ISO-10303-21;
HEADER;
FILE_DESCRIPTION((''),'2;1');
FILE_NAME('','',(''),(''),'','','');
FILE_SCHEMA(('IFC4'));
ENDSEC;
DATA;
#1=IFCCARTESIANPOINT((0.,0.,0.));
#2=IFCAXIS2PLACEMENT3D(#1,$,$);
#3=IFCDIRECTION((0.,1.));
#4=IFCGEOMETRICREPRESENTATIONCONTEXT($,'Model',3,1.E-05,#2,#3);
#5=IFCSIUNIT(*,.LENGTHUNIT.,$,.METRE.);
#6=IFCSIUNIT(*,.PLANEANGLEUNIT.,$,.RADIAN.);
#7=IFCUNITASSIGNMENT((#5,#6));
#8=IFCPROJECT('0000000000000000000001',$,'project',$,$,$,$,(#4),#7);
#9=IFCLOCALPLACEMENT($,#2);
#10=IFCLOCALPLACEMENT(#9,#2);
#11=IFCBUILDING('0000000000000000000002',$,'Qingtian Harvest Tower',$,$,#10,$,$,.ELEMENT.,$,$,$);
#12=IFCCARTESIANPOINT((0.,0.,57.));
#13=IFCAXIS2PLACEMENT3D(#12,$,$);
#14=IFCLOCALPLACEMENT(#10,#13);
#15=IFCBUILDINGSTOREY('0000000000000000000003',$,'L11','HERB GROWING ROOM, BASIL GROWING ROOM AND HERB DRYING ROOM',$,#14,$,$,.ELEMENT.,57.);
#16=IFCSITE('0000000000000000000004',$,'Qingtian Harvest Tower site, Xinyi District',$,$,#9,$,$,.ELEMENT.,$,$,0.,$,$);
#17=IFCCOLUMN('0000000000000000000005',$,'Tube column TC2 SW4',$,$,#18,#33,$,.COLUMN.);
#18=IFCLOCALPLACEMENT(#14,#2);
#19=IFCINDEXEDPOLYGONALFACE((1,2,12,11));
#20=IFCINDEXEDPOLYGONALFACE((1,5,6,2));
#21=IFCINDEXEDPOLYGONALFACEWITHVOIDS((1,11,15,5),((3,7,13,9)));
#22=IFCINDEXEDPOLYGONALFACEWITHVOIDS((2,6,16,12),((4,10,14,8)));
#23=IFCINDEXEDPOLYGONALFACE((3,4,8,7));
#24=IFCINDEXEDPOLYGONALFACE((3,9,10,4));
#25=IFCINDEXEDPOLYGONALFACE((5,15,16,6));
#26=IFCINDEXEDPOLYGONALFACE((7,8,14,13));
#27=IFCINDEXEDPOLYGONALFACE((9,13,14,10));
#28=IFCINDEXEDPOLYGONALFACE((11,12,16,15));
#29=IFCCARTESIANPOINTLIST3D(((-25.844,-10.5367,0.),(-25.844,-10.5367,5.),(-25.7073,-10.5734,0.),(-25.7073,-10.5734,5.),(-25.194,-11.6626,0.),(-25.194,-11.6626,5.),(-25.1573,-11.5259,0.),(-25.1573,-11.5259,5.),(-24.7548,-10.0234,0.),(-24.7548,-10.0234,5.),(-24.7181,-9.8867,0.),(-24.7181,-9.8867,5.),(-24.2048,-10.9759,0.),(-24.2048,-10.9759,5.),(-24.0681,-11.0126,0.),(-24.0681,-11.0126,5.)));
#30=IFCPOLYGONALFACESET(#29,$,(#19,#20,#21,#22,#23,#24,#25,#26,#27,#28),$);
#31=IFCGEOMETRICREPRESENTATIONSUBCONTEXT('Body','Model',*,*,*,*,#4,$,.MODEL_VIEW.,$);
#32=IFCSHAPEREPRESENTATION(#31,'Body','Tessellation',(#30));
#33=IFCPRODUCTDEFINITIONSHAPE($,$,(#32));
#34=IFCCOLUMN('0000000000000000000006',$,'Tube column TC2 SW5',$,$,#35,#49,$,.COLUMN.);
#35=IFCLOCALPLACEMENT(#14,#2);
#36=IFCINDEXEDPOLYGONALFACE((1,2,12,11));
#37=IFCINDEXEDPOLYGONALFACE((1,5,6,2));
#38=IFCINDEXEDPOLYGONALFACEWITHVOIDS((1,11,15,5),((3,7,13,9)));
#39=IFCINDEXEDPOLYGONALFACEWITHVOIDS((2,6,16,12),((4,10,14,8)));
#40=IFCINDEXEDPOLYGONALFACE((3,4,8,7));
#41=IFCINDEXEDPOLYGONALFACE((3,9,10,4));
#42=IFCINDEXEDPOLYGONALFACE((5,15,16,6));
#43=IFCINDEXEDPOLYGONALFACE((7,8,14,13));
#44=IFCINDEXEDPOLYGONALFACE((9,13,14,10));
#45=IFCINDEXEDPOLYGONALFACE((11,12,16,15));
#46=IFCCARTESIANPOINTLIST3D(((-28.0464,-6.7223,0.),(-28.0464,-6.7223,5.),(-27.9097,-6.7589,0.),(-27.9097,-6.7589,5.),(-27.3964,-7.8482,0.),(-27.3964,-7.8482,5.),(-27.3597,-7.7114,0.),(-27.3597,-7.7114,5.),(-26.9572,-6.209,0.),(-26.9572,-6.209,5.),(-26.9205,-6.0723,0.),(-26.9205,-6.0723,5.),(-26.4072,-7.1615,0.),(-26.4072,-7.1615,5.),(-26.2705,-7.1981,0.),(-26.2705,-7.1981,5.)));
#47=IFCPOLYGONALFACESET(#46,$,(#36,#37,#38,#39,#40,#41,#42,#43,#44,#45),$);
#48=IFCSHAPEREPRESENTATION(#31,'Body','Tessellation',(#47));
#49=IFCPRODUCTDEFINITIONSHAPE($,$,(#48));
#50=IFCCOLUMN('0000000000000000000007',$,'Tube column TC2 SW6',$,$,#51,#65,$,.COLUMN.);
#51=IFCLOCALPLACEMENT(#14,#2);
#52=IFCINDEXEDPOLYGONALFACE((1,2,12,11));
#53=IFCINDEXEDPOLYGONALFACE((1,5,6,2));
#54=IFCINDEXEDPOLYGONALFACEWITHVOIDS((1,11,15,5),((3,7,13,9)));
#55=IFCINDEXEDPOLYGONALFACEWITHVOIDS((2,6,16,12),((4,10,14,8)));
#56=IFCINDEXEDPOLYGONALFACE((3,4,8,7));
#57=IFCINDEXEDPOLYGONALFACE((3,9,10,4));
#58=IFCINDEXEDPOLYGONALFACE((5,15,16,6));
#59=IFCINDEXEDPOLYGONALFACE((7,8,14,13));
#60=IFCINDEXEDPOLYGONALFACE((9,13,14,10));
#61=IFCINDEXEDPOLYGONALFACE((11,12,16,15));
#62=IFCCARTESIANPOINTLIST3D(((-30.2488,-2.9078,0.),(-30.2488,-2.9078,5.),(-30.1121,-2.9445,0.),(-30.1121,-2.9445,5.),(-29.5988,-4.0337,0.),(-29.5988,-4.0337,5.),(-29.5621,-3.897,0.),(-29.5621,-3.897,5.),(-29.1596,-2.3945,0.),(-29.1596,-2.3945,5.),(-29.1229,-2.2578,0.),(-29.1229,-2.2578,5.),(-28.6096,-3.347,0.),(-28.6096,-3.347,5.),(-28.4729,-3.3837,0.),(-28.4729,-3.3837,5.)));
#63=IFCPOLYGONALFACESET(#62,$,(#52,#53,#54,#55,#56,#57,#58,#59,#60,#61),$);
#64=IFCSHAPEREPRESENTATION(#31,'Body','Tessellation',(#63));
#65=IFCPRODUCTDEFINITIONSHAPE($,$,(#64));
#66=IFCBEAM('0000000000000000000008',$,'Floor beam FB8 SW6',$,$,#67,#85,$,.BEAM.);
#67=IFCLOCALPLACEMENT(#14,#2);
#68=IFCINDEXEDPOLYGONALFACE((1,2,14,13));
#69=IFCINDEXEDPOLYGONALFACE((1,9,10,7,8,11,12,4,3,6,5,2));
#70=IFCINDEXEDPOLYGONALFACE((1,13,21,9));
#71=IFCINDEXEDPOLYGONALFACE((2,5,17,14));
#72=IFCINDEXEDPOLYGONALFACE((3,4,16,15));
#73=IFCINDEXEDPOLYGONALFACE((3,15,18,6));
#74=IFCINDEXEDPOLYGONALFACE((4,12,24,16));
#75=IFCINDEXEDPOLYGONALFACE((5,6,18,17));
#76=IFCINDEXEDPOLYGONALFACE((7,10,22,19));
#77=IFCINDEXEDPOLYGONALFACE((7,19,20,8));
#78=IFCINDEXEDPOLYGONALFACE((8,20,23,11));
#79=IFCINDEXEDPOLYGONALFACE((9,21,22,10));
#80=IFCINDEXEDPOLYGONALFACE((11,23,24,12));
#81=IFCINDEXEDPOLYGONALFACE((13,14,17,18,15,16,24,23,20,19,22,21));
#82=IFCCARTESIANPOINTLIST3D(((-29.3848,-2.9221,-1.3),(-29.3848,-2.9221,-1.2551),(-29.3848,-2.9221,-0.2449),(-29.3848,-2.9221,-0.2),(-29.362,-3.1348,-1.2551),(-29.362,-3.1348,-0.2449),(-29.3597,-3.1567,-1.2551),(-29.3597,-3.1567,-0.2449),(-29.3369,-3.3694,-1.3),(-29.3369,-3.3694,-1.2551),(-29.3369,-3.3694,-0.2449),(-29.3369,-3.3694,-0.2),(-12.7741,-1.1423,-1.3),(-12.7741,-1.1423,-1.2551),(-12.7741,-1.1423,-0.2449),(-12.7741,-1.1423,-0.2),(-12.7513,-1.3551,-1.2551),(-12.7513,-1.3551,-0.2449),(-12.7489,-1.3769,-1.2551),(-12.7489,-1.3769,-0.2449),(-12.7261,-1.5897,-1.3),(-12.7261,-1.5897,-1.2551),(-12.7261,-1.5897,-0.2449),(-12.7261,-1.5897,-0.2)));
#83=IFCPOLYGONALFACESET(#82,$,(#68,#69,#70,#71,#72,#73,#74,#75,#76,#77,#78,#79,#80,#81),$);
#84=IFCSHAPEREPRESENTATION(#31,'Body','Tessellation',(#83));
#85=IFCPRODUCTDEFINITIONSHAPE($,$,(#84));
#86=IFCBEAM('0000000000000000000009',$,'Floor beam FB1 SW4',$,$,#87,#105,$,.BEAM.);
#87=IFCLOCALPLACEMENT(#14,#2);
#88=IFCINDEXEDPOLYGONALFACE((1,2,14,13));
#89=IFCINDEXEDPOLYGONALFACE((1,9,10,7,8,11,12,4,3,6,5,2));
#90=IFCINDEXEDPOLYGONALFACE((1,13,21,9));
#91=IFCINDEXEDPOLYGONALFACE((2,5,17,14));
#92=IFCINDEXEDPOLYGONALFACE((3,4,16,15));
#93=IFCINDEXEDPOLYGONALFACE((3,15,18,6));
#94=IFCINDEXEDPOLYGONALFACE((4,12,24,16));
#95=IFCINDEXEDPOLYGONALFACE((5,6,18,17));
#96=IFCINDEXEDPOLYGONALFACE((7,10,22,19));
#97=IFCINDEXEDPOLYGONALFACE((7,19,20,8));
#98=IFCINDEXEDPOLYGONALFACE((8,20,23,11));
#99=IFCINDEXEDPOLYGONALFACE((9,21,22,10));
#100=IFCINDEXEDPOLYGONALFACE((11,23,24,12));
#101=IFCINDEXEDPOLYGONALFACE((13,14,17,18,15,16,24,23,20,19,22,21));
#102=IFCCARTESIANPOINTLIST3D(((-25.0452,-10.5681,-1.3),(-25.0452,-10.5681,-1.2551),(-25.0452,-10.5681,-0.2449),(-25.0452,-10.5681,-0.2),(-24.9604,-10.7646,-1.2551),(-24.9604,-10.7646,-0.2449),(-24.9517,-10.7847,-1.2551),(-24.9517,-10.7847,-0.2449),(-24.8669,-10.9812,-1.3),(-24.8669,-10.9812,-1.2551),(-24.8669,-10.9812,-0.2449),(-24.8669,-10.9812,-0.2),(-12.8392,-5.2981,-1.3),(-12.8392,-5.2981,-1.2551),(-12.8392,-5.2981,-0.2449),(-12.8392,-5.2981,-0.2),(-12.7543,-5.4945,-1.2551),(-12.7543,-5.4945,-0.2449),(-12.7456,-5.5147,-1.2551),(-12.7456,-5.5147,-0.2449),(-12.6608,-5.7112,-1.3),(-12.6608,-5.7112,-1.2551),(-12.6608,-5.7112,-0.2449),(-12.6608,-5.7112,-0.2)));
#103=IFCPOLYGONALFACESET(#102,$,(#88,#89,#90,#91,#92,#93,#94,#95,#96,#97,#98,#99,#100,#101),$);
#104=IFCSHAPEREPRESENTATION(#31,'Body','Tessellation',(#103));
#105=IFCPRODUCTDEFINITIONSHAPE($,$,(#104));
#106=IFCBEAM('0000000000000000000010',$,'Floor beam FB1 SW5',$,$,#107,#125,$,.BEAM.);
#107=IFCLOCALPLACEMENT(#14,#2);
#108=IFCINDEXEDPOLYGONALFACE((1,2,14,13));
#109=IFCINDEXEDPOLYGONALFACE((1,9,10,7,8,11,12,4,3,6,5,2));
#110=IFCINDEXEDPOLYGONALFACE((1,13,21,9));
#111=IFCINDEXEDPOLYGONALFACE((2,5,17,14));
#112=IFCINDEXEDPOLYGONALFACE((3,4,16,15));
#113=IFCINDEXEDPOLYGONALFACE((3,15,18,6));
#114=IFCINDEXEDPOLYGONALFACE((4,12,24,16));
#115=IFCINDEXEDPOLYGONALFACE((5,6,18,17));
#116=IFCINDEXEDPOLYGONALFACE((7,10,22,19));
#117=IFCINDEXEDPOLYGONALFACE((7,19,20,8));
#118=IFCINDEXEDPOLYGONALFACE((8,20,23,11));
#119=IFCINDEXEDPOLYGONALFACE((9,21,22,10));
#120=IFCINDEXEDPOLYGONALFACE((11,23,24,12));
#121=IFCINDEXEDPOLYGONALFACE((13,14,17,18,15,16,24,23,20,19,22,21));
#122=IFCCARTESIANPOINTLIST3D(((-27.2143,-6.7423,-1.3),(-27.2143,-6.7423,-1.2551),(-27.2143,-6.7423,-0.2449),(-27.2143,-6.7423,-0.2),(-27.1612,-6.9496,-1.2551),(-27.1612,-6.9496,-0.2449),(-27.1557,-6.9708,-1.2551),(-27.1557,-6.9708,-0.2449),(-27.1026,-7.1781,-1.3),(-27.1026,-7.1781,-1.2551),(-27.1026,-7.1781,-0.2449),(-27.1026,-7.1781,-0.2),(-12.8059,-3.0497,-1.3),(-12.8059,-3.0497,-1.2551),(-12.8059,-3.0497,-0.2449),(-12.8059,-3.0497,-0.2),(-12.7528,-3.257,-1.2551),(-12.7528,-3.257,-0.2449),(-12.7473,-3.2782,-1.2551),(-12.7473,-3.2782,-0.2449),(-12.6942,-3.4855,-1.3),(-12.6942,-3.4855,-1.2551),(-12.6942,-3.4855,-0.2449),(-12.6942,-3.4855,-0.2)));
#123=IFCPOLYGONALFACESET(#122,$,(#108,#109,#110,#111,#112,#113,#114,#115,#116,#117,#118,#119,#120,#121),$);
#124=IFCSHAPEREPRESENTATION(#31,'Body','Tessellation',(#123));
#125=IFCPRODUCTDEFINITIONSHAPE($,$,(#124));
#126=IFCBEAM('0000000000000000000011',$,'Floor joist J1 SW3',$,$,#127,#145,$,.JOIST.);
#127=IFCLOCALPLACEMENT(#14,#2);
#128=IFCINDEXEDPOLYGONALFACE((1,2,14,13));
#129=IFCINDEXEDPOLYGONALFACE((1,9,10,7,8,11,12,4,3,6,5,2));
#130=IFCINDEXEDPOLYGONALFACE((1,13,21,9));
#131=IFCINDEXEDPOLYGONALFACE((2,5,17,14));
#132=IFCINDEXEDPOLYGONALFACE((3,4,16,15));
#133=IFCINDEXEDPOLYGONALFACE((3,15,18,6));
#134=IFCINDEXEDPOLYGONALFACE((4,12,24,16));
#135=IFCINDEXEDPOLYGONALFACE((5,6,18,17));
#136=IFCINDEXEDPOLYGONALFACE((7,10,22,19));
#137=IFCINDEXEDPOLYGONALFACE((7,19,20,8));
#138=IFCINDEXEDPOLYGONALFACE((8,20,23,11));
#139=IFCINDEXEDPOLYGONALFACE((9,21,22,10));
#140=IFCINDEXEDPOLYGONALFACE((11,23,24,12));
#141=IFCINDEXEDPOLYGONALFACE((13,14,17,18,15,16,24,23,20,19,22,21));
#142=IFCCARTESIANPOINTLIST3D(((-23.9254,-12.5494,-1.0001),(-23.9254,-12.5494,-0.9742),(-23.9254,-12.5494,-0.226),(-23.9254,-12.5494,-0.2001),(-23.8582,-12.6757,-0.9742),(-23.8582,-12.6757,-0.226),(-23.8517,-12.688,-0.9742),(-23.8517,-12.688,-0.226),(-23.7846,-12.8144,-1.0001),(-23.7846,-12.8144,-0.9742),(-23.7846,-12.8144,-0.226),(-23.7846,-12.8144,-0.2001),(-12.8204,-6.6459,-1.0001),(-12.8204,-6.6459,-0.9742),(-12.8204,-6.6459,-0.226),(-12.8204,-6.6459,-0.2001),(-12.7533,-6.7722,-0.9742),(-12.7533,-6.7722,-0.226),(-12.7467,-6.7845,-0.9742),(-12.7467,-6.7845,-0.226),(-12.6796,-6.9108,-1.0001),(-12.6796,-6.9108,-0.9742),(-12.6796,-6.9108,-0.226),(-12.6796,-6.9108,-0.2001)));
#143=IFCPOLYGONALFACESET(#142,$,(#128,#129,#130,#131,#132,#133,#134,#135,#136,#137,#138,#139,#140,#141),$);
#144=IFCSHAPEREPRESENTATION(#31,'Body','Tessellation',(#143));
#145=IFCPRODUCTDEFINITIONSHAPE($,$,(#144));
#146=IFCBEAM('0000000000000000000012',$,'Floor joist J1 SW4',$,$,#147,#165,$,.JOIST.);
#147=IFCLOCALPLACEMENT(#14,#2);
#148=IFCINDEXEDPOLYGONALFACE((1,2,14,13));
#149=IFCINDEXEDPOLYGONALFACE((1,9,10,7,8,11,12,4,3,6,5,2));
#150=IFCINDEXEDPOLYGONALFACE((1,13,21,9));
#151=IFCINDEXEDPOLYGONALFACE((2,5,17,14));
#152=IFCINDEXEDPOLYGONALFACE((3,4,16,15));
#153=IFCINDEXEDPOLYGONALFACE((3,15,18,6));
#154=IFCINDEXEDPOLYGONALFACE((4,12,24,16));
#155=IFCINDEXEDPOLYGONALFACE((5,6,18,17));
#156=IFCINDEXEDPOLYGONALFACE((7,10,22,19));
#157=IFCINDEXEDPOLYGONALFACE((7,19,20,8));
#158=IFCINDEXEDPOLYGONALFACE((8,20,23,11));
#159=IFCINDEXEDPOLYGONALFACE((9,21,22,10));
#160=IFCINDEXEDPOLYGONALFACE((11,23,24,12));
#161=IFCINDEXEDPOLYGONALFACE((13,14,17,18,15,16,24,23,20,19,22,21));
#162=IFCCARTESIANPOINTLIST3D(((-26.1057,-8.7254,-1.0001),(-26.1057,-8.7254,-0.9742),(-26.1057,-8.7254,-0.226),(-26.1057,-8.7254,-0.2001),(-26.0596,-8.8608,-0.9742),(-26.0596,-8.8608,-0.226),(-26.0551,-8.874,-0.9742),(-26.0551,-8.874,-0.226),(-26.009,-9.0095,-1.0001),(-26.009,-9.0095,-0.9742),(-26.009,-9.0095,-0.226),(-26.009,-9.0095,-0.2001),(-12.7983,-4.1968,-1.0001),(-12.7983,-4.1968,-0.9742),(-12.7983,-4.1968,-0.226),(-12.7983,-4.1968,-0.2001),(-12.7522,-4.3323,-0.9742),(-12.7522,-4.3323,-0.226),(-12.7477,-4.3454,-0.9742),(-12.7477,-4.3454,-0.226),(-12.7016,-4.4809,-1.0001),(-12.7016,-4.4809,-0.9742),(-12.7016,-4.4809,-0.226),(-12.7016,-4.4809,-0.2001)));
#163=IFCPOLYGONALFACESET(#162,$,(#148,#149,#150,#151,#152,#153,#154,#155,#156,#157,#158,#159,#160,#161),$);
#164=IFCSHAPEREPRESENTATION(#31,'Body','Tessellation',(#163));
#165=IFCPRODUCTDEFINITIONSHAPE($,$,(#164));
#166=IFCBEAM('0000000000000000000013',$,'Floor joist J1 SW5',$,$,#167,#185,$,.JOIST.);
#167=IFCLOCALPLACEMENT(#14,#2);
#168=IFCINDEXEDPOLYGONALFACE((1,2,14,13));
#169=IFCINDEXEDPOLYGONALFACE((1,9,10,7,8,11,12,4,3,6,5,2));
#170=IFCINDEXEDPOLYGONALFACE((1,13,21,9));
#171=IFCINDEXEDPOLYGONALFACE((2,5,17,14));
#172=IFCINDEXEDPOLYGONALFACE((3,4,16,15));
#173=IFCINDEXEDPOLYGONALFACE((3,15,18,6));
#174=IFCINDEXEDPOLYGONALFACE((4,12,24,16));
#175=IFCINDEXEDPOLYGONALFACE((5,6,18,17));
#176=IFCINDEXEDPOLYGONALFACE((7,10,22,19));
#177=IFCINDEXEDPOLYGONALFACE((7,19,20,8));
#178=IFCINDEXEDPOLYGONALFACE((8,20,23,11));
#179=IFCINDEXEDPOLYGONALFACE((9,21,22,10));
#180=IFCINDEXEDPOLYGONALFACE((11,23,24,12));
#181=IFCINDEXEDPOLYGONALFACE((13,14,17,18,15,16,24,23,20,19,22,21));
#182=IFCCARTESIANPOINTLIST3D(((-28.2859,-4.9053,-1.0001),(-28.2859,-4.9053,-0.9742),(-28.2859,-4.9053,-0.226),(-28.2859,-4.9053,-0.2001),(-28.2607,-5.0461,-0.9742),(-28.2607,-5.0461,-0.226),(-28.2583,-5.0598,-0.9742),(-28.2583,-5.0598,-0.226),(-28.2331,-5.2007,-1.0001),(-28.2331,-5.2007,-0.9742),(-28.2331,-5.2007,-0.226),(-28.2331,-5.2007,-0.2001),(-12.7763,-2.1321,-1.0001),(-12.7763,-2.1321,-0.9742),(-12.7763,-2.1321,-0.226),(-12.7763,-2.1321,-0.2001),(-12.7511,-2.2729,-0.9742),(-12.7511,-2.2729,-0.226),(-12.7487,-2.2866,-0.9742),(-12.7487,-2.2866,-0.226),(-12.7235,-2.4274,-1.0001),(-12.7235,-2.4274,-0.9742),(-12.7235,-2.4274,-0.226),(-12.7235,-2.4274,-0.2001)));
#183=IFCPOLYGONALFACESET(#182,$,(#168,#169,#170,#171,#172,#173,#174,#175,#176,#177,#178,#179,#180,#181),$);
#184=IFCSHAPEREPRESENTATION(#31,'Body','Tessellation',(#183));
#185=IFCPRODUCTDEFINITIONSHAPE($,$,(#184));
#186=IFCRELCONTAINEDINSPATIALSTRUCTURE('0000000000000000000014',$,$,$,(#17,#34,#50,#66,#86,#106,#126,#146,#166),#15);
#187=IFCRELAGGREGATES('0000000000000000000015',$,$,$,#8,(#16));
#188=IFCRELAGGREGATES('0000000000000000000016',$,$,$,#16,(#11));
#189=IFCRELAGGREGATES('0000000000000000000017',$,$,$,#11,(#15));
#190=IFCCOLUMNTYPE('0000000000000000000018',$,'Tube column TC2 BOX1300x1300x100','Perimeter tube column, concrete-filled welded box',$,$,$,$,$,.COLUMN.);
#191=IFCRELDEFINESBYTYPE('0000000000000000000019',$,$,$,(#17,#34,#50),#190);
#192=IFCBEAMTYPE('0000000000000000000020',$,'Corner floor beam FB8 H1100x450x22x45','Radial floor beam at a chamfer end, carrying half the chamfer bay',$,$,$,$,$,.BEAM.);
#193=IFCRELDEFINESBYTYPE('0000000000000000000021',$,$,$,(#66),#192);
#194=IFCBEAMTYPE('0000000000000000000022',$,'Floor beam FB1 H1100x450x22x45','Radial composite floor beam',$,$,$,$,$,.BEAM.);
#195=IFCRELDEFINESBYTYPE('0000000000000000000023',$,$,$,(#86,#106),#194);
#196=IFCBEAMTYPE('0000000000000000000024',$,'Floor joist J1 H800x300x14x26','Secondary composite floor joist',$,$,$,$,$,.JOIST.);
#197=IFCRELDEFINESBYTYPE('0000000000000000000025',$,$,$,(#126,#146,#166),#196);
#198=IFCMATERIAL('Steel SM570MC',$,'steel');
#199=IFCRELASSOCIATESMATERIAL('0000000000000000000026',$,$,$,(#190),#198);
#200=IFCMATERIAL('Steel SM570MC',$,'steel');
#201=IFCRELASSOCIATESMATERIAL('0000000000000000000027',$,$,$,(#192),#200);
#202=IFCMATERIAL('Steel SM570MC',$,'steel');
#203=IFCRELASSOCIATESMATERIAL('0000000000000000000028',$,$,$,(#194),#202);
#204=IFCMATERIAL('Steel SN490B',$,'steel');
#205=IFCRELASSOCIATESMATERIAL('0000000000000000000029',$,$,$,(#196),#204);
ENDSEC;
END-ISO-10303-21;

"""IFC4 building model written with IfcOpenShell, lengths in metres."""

from ifc_helpers import new_model, si_unit, direction, frame, origin, origin_2d, place, context, subcontext, project, spatial, hollow_rectangle, i_section, extrude, material, material_profile, profile_set, type_object, element, save


model = new_model("IFC4")

# Units and contexts
model_context = context("Model", 3, precision=1e-05, world=origin(), true_north=direction((0.0, 1.0)))
body_context = subcontext(model_context, "Body", "Model", "MODEL_VIEW")
ifc_project = project(units=[si_unit("LENGTHUNIT", "METRE"), si_unit("PLANEANGLEUNIT", "RADIAN")], contexts=[model_context])

# Site, building, storey
site_placement = place(None, origin())
site = spatial("IfcSite", under=ifc_project, at=site_placement, Name="Qingtian Harvest Tower site, Xinyi District", CompositionType="ELEMENT", RefElevation=0.0)
building_placement = place(site_placement, origin())
building = spatial("IfcBuilding", under=site, at=building_placement, Name="Qingtian Harvest Tower", CompositionType="ELEMENT")
storey_placement = place(building_placement, frame((0.0, 0.0, 57.0)))
storey = spatial("IfcBuildingStorey", under=building, at=storey_placement, Name="L11", Description="HERB GROWING ROOM, BASIL GROWING ROOM AND HERB DRYING ROOM", CompositionType="ELEMENT", Elevation=57.0)

# Columns
ifc_material_1 = material(Name="Steel SM570MC", Category="steel")
ifc_material_profile_1 = material_profile(ifc_material_1, hollow_rectangle(XDim=1.3, YDim=1.3, WallThickness=0.1001, at=origin_2d()), Name="BOX1300x1300x100")
ifc_profile_set_1 = profile_set([ifc_material_profile_1], Name="Steel SM570MC")
column_type = type_object("IfcColumnType", Name="Tube column TC2 BOX1300x1300x100", Description="Perimeter tube column, concrete-filled welded box", PredefinedType="COLUMN", material=ifc_profile_set_1)
for number, where, z_axis, x_axis, name in (
    (1, (-24.9561, -10.7747, 0.0), (0.0, 0.0, 1.0), (0.5, -0.866025, 0.0), "Tube column TC2 SW4"),
    (2, (-27.1584, -6.9602, 0.0), (0.0, 0.0, 1.0), (0.5, -0.866025, 0.0), "Tube column TC2 SW5"),
    (3, (-29.3608, -3.1458, 0.0), (0.0, 0.0, 1.0), (0.5, -0.866025, 0.0), "Tube column TC2 SW6"),
):
    element("IfcColumn", number, at=place(storey_placement, frame(where, z_axis=z_axis, x_axis=x_axis)), inside=storey, type_object=column_type, Name=name, PredefinedType="COLUMN", context=body_context, shape_type="SweptSolid", body=[
        extrude(hollow_rectangle(XDim=1.3, YDim=1.3, WallThickness=0.1001, at=origin_2d()), origin(), (0.0, 0.0, 1.0), 5.0),
    ])

# Beams
ifc_material_2 = material(Name="Steel SM570MC", Category="steel")
ifc_material_profile_2 = material_profile(ifc_material_2, i_section(OverallWidth=0.45, OverallDepth=1.1001, WebThickness=0.022, FlangeThickness=0.0449, at=origin_2d()), Name="H1100x450x22x45")
ifc_profile_set_2 = profile_set([ifc_material_profile_2], Name="Steel SM570MC")
beam_type_1 = type_object("IfcBeamType", Name="Corner floor beam FB8 H1100x450x22x45", Description="Radial floor beam at a chamfer end, carrying half the chamfer bay", PredefinedType="BEAM", material=ifc_profile_set_2)
beam_1_placement = place(storey_placement, frame((-29.3608, -3.1458, -0.75), z_axis=(0.994309, 0.106536, 0.0), x_axis=(-0.106536, 0.994309, 0.0)))
element("IfcBeam", 4, at=beam_1_placement, inside=storey, type_object=beam_type_1, Name="Floor beam FB8 SW6", PredefinedType="BEAM", context=body_context, shape_type="SweptSolid", body=[
    extrude(i_section(OverallWidth=0.45, OverallDepth=1.1001, WebThickness=0.022, FlangeThickness=0.0449, at=origin_2d()), origin(), (0.0, 0.0, 1.0), 16.7058),
])
ifc_material_3 = material(Name="Steel SM570MC", Category="steel")
ifc_material_profile_3 = material_profile(ifc_material_3, i_section(OverallWidth=0.45, OverallDepth=1.1001, WebThickness=0.022, FlangeThickness=0.0449, at=origin_2d()), Name="H1100x450x22x45")
ifc_profile_set_3 = profile_set([ifc_material_profile_3], Name="Steel SM570MC")
beam_type_2 = type_object("IfcBeamType", Name="Floor beam FB1 H1100x450x22x45", Description="Radial composite floor beam", PredefinedType="BEAM", material=ifc_profile_set_3)
beam_2_placement = place(storey_placement, frame((-24.9561, -10.7747, -0.75), z_axis=(0.918084, 0.396387, 0.0), x_axis=(-0.396387, 0.918084, 0.0)))
element("IfcBeam", 5, at=beam_2_placement, inside=storey, type_object=beam_type_2, Name="Floor beam FB1 SW4", PredefinedType="BEAM", context=body_context, shape_type="SweptSolid", body=[
    extrude(i_section(OverallWidth=0.45, OverallDepth=1.1001, WebThickness=0.022, FlangeThickness=0.0449, at=origin_2d()), origin(), (0.0, 0.0, 1.0), 13.2952),
])
beam_3_placement = place(storey_placement, frame((-27.1584, -6.9602, -0.75), z_axis=(0.968694, 0.248259, 0.0), x_axis=(-0.248259, 0.968694, 0.0)))
element("IfcBeam", 6, at=beam_3_placement, inside=storey, type_object=beam_type_2, Name="Floor beam FB1 SW5", PredefinedType="BEAM", context=body_context, shape_type="SweptSolid", body=[
    extrude(i_section(OverallWidth=0.45, OverallDepth=1.1001, WebThickness=0.022, FlangeThickness=0.0449, at=origin_2d()), origin(), (0.0, 0.0, 1.0), 14.874),
])
ifc_material_4 = material(Name="Steel SN490B", Category="steel")
ifc_material_profile_4 = material_profile(ifc_material_4, i_section(OverallWidth=0.3, OverallDepth=0.8, WebThickness=0.0139, FlangeThickness=0.0259, at=origin_2d()), Name="H800x300x14x26")
ifc_profile_set_4 = profile_set([ifc_material_profile_4], Name="Steel SN490B")
beam_type_3 = type_object("IfcBeamType", Name="Floor joist J1 H800x300x14x26", Description="Secondary composite floor joist", PredefinedType="JOIST", material=ifc_profile_set_4)
beam_4_placement = place(storey_placement, frame((-23.855, -12.6819, -0.6001), z_axis=(0.882982, 0.469406, 0.0), x_axis=(-0.469406, 0.882982, 0.0)))
element("IfcBeam", 7, at=beam_4_placement, inside=storey, type_object=beam_type_3, Name="Floor joist J1 SW3", PredefinedType="JOIST", context=body_context, shape_type="SweptSolid", body=[
    extrude(i_section(OverallWidth=0.3, OverallDepth=0.8, WebThickness=0.0139, FlangeThickness=0.0259, at=origin_2d()), origin(), (0.0, 0.0, 1.0), 12.5767),
])
beam_5_placement = place(storey_placement, frame((-26.0574, -8.8674, -0.6001), z_axis=(0.946685, 0.322161, 0.0), x_axis=(-0.322161, 0.946685, 0.0)))
element("IfcBeam", 8, at=beam_5_placement, inside=storey, type_object=beam_type_3, Name="Floor joist J1 SW4", PredefinedType="JOIST", context=body_context, shape_type="SweptSolid", body=[
    extrude(i_section(OverallWidth=0.3, OverallDepth=0.8, WebThickness=0.0139, FlangeThickness=0.0259, at=origin_2d()), origin(), (0.0, 0.0, 1.0), 14.0569),
])
beam_6_placement = place(storey_placement, frame((-28.2595, -5.053, -0.6001), z_axis=(0.984388, 0.176014, 0.0), x_axis=(-0.176014, 0.984388, 0.0)))
element("IfcBeam", 9, at=beam_6_placement, inside=storey, type_object=beam_type_3, Name="Floor joist J1 SW5", PredefinedType="JOIST", context=body_context, shape_type="SweptSolid", body=[
    extrude(i_section(OverallWidth=0.3, OverallDepth=0.8, WebThickness=0.0139, FlangeThickness=0.0259, at=origin_2d()), origin(), (0.0, 0.0, 1.0), 15.7556),
])

save(model, "model.ifc")
